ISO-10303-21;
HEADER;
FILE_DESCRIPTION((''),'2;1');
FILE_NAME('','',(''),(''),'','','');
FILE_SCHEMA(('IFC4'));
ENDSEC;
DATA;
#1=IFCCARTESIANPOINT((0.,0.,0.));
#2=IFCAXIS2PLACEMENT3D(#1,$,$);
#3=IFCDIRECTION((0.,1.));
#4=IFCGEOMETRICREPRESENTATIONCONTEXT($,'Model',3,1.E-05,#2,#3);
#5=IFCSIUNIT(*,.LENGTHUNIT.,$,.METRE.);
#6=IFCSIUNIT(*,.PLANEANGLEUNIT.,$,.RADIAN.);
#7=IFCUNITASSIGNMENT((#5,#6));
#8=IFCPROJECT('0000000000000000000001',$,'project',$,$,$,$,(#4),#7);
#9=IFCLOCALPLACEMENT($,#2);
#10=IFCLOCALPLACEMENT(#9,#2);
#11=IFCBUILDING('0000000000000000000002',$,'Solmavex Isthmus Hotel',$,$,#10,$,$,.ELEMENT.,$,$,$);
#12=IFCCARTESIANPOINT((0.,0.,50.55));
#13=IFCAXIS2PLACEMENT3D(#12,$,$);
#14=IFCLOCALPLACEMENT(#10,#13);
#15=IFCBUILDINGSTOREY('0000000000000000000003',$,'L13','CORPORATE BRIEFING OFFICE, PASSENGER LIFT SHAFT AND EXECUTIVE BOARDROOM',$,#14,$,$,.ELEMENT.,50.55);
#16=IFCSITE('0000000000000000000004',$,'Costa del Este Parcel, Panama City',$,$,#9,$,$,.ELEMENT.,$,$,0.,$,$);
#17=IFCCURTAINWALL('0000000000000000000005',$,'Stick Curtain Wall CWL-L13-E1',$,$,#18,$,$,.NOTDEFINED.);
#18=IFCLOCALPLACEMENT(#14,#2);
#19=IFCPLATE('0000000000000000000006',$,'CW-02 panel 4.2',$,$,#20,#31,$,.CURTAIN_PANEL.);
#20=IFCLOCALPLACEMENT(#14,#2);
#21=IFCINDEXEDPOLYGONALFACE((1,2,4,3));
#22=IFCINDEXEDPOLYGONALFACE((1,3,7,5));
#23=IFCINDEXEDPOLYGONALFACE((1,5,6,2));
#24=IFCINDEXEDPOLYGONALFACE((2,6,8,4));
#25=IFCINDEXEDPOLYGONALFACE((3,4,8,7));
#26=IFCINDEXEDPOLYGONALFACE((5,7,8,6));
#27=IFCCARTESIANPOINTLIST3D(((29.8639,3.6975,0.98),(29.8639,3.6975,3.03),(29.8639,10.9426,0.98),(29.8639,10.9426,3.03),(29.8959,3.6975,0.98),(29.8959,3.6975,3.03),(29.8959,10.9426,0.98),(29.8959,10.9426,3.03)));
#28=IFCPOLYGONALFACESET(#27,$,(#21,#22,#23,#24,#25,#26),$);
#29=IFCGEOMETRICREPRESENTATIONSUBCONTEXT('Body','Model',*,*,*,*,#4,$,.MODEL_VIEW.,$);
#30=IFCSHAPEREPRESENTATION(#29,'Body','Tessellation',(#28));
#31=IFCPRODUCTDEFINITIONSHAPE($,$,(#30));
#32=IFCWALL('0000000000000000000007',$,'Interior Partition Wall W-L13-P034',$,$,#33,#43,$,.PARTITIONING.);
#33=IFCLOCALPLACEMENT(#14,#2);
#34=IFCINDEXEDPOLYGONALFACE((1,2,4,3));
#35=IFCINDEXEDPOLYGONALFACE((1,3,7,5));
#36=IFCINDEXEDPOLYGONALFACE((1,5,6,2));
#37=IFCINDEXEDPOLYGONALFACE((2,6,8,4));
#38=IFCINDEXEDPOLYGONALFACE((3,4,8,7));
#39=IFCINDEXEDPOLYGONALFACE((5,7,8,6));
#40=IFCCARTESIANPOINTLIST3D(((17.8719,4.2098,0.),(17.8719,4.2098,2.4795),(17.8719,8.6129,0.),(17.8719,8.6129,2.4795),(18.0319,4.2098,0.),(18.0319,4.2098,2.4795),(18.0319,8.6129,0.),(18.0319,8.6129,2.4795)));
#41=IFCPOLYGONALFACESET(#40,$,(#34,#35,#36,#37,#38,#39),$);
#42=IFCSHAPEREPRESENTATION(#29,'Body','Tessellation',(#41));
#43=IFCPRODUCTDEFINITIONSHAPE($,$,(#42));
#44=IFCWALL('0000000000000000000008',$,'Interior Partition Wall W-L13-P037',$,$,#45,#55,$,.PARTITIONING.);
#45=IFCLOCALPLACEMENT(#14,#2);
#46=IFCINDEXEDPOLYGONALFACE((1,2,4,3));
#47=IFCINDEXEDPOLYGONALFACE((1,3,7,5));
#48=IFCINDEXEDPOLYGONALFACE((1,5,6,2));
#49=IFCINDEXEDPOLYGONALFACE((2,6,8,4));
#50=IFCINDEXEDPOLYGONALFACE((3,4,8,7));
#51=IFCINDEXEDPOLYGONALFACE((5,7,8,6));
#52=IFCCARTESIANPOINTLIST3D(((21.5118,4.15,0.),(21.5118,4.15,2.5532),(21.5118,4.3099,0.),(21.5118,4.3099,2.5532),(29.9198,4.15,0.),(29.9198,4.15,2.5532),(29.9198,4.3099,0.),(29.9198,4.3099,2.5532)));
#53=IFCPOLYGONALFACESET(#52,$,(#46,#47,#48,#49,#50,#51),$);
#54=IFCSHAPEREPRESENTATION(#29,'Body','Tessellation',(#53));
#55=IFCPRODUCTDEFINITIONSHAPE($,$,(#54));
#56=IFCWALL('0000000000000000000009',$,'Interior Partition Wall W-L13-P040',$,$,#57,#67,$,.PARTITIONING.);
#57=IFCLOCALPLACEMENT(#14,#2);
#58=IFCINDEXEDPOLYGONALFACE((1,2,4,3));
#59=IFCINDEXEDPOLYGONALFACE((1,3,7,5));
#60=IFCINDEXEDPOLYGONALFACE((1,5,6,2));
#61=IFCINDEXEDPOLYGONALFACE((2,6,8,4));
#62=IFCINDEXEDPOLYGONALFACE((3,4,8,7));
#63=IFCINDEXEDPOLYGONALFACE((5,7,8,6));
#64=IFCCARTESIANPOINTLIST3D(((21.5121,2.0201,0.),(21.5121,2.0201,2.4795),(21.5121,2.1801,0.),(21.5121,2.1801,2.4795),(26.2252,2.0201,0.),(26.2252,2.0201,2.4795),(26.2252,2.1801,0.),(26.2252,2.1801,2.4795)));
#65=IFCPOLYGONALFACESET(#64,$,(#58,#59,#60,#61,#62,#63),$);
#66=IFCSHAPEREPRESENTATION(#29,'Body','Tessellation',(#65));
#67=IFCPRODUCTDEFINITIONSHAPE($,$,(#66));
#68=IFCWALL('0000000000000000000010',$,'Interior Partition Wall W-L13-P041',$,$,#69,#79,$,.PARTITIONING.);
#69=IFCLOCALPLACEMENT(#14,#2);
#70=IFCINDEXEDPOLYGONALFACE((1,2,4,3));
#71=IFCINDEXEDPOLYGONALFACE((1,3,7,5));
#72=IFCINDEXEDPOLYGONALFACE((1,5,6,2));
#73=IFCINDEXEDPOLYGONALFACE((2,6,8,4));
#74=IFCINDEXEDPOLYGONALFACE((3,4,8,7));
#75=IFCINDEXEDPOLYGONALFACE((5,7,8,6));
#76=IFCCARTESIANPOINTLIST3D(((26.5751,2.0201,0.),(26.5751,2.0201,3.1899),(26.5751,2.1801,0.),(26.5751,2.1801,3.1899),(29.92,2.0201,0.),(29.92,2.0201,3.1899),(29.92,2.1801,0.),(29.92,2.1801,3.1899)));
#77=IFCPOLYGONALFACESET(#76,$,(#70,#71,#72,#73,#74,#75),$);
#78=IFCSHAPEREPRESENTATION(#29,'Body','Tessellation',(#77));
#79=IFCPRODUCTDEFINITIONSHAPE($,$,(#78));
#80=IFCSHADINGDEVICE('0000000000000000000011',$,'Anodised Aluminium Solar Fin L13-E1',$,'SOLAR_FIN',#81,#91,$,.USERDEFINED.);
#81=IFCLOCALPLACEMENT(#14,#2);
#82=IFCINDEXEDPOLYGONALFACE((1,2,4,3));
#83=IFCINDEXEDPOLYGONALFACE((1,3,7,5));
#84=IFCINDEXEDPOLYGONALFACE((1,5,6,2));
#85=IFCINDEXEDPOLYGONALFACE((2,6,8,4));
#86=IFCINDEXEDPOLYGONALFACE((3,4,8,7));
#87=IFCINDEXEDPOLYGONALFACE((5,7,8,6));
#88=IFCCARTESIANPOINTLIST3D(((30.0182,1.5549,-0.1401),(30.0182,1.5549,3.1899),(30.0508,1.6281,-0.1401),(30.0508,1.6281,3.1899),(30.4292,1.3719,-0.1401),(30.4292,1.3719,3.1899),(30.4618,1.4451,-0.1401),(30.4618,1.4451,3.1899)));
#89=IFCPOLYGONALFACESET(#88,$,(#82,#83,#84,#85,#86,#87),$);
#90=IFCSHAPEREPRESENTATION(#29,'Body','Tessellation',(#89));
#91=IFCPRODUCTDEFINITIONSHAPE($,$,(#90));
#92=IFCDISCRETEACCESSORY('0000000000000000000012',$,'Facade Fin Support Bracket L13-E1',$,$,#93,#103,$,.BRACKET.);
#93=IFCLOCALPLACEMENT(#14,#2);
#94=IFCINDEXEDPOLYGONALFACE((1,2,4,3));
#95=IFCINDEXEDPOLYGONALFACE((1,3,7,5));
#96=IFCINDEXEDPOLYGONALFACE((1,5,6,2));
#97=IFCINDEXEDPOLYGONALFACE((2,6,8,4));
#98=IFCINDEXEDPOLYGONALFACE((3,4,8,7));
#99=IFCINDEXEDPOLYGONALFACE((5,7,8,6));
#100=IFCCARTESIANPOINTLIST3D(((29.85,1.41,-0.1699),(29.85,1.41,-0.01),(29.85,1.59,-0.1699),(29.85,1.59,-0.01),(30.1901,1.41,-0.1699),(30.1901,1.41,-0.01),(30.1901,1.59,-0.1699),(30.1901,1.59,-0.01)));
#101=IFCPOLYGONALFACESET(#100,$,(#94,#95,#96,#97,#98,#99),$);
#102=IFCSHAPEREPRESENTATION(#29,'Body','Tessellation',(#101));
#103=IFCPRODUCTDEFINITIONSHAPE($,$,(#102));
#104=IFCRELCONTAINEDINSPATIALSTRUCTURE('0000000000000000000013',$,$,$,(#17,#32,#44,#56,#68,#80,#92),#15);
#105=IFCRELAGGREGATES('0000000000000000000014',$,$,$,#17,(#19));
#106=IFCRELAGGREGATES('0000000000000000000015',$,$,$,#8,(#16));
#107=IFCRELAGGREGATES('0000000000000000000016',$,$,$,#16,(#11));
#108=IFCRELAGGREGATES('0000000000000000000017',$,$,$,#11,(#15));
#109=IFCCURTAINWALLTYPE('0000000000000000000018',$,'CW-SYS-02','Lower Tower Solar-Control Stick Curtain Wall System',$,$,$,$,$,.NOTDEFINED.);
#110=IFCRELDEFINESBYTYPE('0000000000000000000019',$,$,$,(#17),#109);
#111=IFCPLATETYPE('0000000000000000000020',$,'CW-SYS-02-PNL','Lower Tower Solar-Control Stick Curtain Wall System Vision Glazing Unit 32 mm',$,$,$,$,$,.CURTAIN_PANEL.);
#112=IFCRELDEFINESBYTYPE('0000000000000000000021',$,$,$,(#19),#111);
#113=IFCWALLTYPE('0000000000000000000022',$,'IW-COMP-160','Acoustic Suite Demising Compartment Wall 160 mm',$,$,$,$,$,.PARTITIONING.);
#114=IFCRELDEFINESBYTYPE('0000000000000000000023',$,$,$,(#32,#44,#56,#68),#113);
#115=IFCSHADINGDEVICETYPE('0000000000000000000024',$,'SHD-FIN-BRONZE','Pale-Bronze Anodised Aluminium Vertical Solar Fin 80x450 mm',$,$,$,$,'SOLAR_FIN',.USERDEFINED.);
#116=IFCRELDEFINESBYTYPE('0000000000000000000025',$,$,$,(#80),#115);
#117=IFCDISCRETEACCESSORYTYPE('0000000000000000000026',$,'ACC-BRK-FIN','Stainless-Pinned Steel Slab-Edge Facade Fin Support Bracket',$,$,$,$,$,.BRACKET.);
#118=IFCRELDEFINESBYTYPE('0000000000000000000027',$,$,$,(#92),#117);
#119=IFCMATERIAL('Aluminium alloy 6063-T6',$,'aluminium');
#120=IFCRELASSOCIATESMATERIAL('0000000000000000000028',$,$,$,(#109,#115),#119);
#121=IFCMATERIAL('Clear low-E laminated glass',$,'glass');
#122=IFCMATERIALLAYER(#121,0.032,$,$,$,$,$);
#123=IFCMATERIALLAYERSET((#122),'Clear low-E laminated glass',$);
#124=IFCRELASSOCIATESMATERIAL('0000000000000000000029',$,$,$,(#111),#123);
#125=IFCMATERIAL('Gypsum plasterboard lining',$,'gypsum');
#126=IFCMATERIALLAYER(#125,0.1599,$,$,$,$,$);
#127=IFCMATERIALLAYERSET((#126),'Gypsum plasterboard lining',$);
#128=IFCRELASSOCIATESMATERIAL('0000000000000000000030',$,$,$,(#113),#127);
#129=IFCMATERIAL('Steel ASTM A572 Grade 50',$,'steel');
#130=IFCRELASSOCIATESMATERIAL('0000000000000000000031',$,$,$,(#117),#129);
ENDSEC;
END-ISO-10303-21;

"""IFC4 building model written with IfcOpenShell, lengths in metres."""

from ifc_helpers import new_model, si_unit, direction, frame, frame_2d, origin, origin_2d, place, context, subcontext, project, spatial, rectangle, extrude, material, layer, layer_set, type_object, element, aggregate, save


model = new_model("IFC4")

# Units and contexts
model_context = context("Model", 3, precision=1e-05, world=origin(), true_north=direction((0.0, 1.0)))
body_context = subcontext(model_context, "Body", "Model", "MODEL_VIEW")
ifc_project = project(units=[si_unit("LENGTHUNIT", "METRE"), si_unit("PLANEANGLEUNIT", "RADIAN")], contexts=[model_context])

# Site, building, storey
site_placement = place(None, origin())
site = spatial("IfcSite", under=ifc_project, at=site_placement, Name="Costa del Este Parcel, Panama City", CompositionType="ELEMENT", RefElevation=0.0)
building_placement = place(site_placement, origin())
building = spatial("IfcBuilding", under=site, at=building_placement, Name="Solmavex Isthmus Hotel", CompositionType="ELEMENT")
storey_placement = place(building_placement, frame((0.0, 0.0, 50.55)))
storey = spatial("IfcBuildingStorey", under=building, at=storey_placement, Name="L13", Description="CORPORATE BRIEFING OFFICE, PASSENGER LIFT SHAFT AND EXECUTIVE BOARDROOM", CompositionType="ELEMENT", Elevation=50.55)

# Curtain wall, plate
ifc_material_1 = material(Name="Aluminium alloy 6063-T6", Category="aluminium")
curtain_wall_type = type_object("IfcCurtainWallType", Name="CW-SYS-02", Description="Lower Tower Solar-Control Stick Curtain Wall System", PredefinedType="NOTDEFINED", material=ifc_material_1)
curtain_wall_placement = place(storey_placement, origin())
curtain_wall = element("IfcCurtainWall", 1, at=curtain_wall_placement, inside=storey, type_object=curtain_wall_type, Name="Stick Curtain Wall CWL-L13-E1", PredefinedType="NOTDEFINED")
ifc_material_2 = material(Name="Clear low-E laminated glass", Category="glass")
ifc_layer_1 = layer(ifc_material_2, 0.032)
ifc_layer_set_1 = layer_set([ifc_layer_1], Name="Clear low-E laminated glass")
plate_type = type_object("IfcPlateType", Name="CW-SYS-02-PNL", Description="Lower Tower Solar-Control Stick Curtain Wall System Vision Glazing Unit 32 mm", PredefinedType="CURTAIN_PANEL", material=ifc_layer_set_1)
plate_1_placement = place(storey_placement, frame((29.8799, 7.3201, 0.98), z_axis=(0.0, 0.0, 1.0), x_axis=(0.0, 1.0, 0.0)))
plate_1 = element("IfcPlate", 2, at=plate_1_placement, type_object=plate_type, Name="CW-02 panel 4.2", PredefinedType="CURTAIN_PANEL", context=body_context, shape_type="SweptSolid", body=[
    extrude(rectangle(XDim=7.2451, YDim=0.032, at=origin_2d()), origin(), (0.0, 0.0, 1.0), 2.05),
])
aggregate(curtain_wall, [plate_1])

# Walls
ifc_material_3 = material(Name="Gypsum plasterboard lining", Category="gypsum")
ifc_layer_2 = layer(ifc_material_3, 0.1599)
ifc_layer_set_2 = layer_set([ifc_layer_2], Name="Gypsum plasterboard lining")
wall_type_1 = type_object("IfcWallType", Name="IW-COMP-160", Description="Acoustic Suite Demising Compartment Wall 160 mm", PredefinedType="PARTITIONING", material=ifc_layer_set_2)
wall_1_placement = place(storey_placement, frame((17.9519, 8.613, 0.0), z_axis=(0.0, 0.0, 1.0), x_axis=(0.0, -1.0, 0.0)))
element("IfcWall", 3, at=wall_1_placement, inside=storey, type_object=wall_type_1, Name="Interior Partition Wall W-L13-P034", PredefinedType="PARTITIONING", context=body_context, shape_type="SweptSolid", body=[
    extrude(rectangle(XDim=4.4031, YDim=0.1599, at=frame_2d((2.2017, 0.0))), origin(), (0.0, 0.0, 1.0), 2.4795),
])
wall_2_placement = place(storey_placement, frame((29.9199, 4.23, 0.0), z_axis=(0.0, 0.0, 1.0), x_axis=(-1.0, 0.0, 0.0)))
element("IfcWall", 4, at=wall_2_placement, inside=storey, type_object=wall_type_1, Name="Interior Partition Wall W-L13-P037", PredefinedType="PARTITIONING", context=body_context, shape_type="SweptSolid", body=[
    extrude(rectangle(XDim=8.408, YDim=0.1599, at=frame_2d((4.2041, 0.0))), origin(), (0.0, 0.0, 1.0), 2.5532),
])
wall_3_placement = place(storey_placement, frame((26.2251, 2.1001, 0.0), z_axis=(0.0, 0.0, 1.0), x_axis=(-1.0, 0.0, 0.0)))
element("IfcWall", 5, at=wall_3_placement, inside=storey, type_object=wall_type_1, Name="Interior Partition Wall W-L13-P040", PredefinedType="PARTITIONING", context=body_context, shape_type="SweptSolid", body=[
    extrude(rectangle(XDim=4.7131, YDim=0.1599, at=frame_2d((2.3564, 0.0))), origin(), (0.0, 0.0, 1.0), 2.4795),
])
wall_4_placement = place(storey_placement, frame((29.9199, 2.1001, 0.0), z_axis=(0.0, 0.0, 1.0), x_axis=(-1.0, 0.0, 0.0)))
element("IfcWall", 6, at=wall_4_placement, inside=storey, type_object=wall_type_1, Name="Interior Partition Wall W-L13-P041", PredefinedType="PARTITIONING", context=body_context, shape_type="SweptSolid", body=[
    extrude(rectangle(XDim=3.345, YDim=0.1599, at=frame_2d((1.6724, 0.0))), origin(), (0.0, 0.0, 1.0), 3.1899),
])

# Shading device
shading_device_type = type_object("IfcShadingDeviceType", Name="SHD-FIN-BRONZE", Description="Pale-Bronze Anodised Aluminium Vertical Solar Fin 80x450 mm", ElementType="SOLAR_FIN", PredefinedType="USERDEFINED", material=ifc_material_1)
shading_device_placement = place(storey_placement, frame((30.24, 1.5, -0.1401), z_axis=(0.0, 0.0, 1.0), x_axis=(0.913545, -0.406737, 0.0)))
element("IfcShadingDevice", 7, at=shading_device_placement, inside=storey, type_object=shading_device_type, Name="Anodised Aluminium Solar Fin L13-E1", ObjectType="SOLAR_FIN", PredefinedType="USERDEFINED", context=body_context, shape_type="SweptSolid", body=[
    extrude(rectangle(XDim=0.45, YDim=0.0801, at=origin_2d()), origin(), (0.0, 0.0, 1.0), 3.3301),
])

# Discrete accessory
ifc_material_4 = material(Name="Steel ASTM A572 Grade 50", Category="steel")
discrete_accessory_type = type_object("IfcDiscreteAccessoryType", Name="ACC-BRK-FIN", Description="Stainless-Pinned Steel Slab-Edge Facade Fin Support Bracket", PredefinedType="BRACKET", material=ifc_material_4)
discrete_accessory_placement = place(storey_placement, frame((30.02, 1.5, -0.1699), z_axis=(0.0, 0.0, 1.0), x_axis=(1.0, 0.0, 0.0)))
element("IfcDiscreteAccessory", 8, at=discrete_accessory_placement, inside=storey, type_object=discrete_accessory_type, Name="Facade Fin Support Bracket L13-E1", PredefinedType="BRACKET", context=body_context, shape_type="SweptSolid", body=[
    extrude(rectangle(XDim=0.3401, YDim=0.1799, at=origin_2d()), origin(), (0.0, 0.0, 1.0), 0.1599),
])

save(model, "model.ifc")
